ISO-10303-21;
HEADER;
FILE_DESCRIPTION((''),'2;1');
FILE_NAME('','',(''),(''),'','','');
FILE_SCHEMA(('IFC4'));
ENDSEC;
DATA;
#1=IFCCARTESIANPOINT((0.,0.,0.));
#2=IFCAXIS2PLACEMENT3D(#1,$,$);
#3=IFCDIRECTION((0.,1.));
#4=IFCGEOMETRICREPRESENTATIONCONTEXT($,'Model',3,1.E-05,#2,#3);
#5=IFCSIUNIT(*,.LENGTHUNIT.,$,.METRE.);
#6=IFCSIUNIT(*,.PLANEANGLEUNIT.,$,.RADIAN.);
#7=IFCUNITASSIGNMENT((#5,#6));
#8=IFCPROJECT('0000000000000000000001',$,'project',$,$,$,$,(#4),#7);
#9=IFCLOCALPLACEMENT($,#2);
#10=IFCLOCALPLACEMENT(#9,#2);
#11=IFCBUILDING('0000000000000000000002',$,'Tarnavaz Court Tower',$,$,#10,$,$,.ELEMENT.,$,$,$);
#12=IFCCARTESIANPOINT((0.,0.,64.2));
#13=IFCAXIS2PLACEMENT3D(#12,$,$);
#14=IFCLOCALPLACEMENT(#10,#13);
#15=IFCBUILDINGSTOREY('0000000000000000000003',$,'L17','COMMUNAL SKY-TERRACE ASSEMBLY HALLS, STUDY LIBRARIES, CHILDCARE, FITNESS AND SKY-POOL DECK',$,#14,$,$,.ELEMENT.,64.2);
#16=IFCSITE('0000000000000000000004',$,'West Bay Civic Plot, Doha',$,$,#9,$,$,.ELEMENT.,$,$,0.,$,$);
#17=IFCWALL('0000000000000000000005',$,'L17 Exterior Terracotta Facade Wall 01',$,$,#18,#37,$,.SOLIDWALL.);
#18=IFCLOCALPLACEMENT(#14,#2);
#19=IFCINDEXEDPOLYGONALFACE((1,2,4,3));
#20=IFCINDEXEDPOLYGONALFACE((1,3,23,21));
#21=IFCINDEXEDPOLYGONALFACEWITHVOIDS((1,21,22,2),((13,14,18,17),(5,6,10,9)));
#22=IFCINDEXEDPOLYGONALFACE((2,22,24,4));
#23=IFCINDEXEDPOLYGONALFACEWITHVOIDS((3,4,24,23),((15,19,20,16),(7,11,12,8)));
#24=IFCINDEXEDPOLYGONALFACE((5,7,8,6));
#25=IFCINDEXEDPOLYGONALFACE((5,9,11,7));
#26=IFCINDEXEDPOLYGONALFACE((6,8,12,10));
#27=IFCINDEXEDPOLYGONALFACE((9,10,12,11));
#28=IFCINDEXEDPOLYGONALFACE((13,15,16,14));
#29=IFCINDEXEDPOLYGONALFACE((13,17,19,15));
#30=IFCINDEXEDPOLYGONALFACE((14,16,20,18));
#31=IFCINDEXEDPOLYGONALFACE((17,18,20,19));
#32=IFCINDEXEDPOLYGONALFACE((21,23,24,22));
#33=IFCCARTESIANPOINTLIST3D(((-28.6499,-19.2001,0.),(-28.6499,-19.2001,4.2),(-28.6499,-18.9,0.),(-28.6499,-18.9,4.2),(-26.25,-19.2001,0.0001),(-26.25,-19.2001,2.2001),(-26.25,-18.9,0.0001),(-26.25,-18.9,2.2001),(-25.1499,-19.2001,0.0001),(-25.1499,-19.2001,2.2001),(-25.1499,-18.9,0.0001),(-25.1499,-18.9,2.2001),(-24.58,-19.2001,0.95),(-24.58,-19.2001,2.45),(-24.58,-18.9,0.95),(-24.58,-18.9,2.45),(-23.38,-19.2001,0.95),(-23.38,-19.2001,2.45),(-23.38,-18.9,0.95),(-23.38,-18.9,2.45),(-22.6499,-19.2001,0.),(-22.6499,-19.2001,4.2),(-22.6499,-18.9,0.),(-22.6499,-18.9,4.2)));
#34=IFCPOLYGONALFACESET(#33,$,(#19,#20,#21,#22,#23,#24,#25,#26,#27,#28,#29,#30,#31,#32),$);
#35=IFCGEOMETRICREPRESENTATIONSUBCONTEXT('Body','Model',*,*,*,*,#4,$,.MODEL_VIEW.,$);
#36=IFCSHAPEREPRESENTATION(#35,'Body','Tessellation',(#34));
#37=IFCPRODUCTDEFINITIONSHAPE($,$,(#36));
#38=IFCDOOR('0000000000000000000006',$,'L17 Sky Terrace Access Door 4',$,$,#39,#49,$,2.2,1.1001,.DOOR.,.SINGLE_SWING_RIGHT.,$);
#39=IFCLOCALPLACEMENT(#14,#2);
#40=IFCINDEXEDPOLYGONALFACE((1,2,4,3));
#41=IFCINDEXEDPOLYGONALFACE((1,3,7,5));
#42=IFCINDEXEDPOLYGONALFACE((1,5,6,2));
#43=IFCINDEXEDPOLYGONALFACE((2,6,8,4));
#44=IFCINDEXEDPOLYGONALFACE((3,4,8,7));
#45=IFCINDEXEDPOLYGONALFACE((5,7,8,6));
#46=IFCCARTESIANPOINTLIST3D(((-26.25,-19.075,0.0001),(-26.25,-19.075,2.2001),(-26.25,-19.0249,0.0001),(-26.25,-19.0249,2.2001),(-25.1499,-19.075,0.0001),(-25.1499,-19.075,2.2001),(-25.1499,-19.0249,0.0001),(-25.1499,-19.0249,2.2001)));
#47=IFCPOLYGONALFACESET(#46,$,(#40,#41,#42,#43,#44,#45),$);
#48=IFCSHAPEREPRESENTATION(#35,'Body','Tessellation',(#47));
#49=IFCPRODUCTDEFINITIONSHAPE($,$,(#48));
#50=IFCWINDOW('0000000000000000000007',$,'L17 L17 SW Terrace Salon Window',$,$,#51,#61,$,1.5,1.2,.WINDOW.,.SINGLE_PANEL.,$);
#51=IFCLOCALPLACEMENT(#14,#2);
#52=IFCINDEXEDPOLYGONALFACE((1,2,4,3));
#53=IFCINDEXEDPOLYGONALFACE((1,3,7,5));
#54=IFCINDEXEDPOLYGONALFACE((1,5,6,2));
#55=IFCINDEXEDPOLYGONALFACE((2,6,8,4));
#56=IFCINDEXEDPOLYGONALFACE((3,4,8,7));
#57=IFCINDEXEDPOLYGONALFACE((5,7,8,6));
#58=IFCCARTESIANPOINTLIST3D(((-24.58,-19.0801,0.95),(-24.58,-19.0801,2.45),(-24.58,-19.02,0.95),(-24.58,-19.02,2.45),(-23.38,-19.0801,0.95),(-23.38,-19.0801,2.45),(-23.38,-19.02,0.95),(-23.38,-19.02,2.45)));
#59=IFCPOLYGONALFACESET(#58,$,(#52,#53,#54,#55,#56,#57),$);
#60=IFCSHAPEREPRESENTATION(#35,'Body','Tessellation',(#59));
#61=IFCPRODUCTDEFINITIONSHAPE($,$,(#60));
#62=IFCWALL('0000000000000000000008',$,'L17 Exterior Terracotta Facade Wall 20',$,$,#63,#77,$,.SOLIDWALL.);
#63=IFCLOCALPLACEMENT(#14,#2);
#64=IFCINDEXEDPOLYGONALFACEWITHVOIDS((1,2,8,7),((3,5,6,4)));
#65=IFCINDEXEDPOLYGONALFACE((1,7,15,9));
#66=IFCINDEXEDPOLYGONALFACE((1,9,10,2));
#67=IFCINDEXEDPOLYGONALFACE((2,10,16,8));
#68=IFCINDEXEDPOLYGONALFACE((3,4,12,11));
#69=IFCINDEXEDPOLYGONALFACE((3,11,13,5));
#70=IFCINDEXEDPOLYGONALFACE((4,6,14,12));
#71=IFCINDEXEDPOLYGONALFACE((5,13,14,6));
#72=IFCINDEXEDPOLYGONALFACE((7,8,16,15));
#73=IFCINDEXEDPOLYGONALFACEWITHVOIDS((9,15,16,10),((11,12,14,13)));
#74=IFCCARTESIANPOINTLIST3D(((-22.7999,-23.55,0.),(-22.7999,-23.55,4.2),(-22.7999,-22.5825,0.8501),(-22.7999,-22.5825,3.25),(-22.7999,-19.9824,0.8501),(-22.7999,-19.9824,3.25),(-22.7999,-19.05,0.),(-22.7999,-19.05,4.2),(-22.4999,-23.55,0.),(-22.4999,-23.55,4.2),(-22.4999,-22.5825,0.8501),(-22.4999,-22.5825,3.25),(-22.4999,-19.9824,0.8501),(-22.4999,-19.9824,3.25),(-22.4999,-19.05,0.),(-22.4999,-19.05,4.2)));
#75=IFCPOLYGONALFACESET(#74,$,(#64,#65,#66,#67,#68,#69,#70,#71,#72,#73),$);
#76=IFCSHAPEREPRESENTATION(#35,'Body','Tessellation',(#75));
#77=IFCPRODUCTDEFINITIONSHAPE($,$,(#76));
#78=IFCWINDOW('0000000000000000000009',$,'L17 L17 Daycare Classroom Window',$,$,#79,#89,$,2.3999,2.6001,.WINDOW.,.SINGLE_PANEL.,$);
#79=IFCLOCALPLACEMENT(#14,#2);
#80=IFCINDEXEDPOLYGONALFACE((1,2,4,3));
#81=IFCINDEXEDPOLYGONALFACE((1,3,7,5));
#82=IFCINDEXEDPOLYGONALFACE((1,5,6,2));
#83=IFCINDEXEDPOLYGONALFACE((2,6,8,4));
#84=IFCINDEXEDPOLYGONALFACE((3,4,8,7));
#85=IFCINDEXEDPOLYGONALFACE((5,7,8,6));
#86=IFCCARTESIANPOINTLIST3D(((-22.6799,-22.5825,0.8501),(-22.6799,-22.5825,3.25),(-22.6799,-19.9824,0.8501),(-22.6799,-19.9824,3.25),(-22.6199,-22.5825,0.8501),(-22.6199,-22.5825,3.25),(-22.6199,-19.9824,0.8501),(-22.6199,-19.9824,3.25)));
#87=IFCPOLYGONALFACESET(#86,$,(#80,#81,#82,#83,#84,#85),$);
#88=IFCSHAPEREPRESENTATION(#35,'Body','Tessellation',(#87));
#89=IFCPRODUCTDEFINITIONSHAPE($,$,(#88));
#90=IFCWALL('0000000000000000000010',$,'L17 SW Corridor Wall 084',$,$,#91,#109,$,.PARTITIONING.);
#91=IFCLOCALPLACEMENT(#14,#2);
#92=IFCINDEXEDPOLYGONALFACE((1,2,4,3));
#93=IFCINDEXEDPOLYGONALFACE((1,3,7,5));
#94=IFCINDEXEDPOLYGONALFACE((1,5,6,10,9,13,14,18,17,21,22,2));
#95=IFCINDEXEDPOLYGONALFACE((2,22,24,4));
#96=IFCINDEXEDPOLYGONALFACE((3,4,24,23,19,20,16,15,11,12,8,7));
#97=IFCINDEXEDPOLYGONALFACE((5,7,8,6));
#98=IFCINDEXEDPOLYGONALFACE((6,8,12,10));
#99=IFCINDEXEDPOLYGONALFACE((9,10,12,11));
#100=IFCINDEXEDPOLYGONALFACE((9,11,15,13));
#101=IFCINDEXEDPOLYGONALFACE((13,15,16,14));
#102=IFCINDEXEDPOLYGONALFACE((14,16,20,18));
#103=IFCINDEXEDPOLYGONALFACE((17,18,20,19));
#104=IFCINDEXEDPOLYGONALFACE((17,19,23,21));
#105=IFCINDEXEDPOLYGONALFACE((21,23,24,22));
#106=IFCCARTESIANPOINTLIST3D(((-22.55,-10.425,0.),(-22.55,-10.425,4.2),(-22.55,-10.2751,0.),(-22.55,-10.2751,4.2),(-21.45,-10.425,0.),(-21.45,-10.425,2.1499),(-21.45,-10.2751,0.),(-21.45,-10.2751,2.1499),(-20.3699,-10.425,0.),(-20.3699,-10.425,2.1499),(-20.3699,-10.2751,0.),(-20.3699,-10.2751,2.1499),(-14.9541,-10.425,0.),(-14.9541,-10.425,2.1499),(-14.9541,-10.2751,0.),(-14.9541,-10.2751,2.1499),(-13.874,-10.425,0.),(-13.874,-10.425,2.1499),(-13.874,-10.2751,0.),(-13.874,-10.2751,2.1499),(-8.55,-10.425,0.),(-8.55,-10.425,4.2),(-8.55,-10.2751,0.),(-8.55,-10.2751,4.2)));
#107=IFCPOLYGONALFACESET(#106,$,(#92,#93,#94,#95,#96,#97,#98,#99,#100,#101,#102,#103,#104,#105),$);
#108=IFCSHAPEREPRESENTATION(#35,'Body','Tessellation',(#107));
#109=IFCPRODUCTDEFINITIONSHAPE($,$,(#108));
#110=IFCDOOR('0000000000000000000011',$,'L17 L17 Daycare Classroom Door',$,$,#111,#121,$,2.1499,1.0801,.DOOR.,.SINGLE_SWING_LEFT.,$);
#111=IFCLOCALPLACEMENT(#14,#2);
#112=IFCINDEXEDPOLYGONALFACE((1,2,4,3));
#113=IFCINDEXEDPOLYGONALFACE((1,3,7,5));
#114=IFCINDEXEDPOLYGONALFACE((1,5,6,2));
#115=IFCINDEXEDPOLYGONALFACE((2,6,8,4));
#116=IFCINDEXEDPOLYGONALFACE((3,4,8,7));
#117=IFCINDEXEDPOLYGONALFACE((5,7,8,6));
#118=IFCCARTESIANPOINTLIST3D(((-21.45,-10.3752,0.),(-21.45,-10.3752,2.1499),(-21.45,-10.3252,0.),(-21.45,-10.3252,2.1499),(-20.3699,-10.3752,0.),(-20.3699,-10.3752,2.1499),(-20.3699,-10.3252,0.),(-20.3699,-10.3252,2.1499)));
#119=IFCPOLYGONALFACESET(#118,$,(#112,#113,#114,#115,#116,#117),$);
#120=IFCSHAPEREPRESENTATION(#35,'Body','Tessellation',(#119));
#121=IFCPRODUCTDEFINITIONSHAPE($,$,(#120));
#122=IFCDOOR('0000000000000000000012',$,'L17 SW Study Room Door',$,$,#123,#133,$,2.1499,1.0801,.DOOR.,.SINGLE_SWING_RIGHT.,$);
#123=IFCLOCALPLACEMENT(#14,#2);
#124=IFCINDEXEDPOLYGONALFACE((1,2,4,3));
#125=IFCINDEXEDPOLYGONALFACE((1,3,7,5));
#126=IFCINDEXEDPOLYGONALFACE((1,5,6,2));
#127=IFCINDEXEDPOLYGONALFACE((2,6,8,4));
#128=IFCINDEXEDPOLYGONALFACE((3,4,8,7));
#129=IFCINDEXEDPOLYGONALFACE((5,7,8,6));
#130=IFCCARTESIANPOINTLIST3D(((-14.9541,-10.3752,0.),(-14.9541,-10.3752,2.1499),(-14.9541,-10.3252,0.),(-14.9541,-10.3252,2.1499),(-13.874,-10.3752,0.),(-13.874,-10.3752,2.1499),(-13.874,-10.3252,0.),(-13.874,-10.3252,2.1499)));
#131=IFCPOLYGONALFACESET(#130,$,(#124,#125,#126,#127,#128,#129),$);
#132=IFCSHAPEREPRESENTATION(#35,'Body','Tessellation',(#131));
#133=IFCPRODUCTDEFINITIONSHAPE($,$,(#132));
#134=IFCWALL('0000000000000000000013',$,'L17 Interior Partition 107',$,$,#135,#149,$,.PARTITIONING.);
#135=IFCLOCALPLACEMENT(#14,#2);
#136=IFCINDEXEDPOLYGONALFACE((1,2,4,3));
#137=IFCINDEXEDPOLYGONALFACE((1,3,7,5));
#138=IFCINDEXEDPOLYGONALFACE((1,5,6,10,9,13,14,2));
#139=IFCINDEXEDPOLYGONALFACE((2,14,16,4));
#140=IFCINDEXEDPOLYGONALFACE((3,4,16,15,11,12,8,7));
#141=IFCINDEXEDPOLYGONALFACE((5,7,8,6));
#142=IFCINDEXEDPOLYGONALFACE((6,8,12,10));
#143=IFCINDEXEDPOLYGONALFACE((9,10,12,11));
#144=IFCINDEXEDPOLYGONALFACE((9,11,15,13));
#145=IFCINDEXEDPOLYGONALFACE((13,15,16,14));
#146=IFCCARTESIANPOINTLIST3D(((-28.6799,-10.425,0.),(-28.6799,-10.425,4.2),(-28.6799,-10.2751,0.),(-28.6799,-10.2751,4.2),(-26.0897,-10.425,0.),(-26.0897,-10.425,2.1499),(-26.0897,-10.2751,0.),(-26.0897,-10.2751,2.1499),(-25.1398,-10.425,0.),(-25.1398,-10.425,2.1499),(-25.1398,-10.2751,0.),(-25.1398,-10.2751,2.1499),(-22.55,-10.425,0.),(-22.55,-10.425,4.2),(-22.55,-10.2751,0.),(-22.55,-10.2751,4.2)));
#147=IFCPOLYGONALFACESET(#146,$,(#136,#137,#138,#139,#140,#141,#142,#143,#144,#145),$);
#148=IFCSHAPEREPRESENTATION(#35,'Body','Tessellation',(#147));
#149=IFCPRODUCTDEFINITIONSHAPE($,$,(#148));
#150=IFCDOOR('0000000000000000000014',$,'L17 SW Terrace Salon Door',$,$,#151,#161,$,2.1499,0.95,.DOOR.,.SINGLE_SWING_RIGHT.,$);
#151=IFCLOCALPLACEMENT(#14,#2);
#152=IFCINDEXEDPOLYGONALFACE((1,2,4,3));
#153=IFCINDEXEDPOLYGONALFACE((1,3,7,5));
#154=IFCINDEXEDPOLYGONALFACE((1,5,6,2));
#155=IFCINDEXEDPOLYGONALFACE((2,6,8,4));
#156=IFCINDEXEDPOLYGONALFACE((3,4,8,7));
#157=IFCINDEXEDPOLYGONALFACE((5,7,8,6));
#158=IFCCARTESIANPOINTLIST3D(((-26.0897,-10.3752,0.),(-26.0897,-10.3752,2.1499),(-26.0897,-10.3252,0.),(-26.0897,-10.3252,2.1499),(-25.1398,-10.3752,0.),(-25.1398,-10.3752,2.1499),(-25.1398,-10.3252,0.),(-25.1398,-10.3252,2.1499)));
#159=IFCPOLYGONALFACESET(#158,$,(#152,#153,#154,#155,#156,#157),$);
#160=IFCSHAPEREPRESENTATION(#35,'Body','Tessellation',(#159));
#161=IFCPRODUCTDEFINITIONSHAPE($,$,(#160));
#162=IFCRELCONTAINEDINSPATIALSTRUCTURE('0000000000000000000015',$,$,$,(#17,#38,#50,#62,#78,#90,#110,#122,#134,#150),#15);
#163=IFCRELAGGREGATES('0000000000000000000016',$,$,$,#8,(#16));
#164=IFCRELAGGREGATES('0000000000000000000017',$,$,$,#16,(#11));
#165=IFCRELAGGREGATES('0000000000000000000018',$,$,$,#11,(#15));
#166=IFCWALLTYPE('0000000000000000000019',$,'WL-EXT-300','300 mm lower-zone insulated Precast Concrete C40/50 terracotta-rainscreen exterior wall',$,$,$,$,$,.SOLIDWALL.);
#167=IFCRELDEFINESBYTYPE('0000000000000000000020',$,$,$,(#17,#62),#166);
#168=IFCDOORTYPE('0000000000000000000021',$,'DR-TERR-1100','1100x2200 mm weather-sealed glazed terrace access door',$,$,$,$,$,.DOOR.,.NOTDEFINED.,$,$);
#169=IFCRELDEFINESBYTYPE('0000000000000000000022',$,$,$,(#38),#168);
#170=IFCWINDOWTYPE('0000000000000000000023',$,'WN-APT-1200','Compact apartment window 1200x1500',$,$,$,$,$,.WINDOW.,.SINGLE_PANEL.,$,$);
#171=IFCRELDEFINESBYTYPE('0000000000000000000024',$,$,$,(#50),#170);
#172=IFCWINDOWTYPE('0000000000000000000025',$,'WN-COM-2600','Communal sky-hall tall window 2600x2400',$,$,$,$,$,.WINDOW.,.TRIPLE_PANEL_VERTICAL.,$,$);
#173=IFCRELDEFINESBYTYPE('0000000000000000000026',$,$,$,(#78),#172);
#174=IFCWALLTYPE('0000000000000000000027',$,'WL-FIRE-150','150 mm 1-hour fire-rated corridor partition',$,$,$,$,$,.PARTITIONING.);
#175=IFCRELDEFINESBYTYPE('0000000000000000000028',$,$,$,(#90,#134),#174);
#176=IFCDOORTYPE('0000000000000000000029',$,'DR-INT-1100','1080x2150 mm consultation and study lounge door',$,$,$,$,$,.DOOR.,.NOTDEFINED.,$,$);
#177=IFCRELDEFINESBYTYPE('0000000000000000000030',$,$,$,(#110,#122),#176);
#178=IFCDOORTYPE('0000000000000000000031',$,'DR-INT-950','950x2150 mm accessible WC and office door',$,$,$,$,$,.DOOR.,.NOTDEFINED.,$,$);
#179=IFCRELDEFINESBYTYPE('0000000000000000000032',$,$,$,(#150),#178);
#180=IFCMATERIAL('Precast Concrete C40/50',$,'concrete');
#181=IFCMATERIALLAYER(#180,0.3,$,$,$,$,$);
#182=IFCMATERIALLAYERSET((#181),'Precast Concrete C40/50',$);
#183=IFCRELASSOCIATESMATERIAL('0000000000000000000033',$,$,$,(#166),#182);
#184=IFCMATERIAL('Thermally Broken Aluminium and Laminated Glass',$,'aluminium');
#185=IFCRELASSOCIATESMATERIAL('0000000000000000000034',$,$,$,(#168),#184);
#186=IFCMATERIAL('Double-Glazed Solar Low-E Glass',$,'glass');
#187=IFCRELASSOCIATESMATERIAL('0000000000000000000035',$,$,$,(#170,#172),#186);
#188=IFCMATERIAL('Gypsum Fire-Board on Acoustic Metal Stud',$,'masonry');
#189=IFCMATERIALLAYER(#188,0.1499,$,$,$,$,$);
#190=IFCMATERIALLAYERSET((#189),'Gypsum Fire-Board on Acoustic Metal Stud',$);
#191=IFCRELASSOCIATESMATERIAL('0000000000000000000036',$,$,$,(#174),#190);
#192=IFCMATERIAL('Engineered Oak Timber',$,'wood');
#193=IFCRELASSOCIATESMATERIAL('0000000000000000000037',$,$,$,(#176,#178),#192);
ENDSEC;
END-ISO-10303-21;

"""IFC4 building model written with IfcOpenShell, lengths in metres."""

from ifc_helpers import new_model, si_unit, direction, frame, frame_2d, origin, place, context, subcontext, project, spatial, rectangle, extrude, material, layer, layer_set, type_object, element, fill, save


model = new_model("IFC4")

# Units and contexts
model_context = context("Model", 3, precision=1e-05, world=origin(), true_north=direction((0.0, 1.0)))
body_context = subcontext(model_context, "Body", "Model", "MODEL_VIEW")
ifc_project = project(units=[si_unit("LENGTHUNIT", "METRE"), si_unit("PLANEANGLEUNIT", "RADIAN")], contexts=[model_context])

# Site, building, storey
site_placement = place(None, origin())
site = spatial("IfcSite", under=ifc_project, at=site_placement, Name="West Bay Civic Plot, Doha", CompositionType="ELEMENT", RefElevation=0.0)
building_placement = place(site_placement, origin())
building = spatial("IfcBuilding", under=site, at=building_placement, Name="Tarnavaz Court Tower", CompositionType="ELEMENT")
storey_placement = place(building_placement, frame((0.0, 0.0, 64.2)))
storey = spatial("IfcBuildingStorey", under=building, at=storey_placement, Name="L17", Description="COMMUNAL SKY-TERRACE ASSEMBLY HALLS, STUDY LIBRARIES, CHILDCARE, FITNESS AND SKY-POOL DECK", CompositionType="ELEMENT", Elevation=64.2)

# Shared definitions
ifc_material_1 = material(Name="Double-Glazed Solar Low-E Glass", Category="glass")

# Wall, openings, door, window
ifc_material_2 = material(Name="Precast Concrete C40/50", Category="concrete")
ifc_layer_1 = layer(ifc_material_2, 0.3)
ifc_layer_set_1 = layer_set([ifc_layer_1], Name="Precast Concrete C40/50")
wall_type_1 = type_object("IfcWallType", Name="WL-EXT-300", Description="300 mm lower-zone insulated Precast Concrete C40/50 terracotta-rainscreen exterior wall", PredefinedType="SOLIDWALL", material=ifc_layer_set_1)
wall_1_placement = place(storey_placement, frame((-22.6499, -19.05, 0.0), z_axis=(0.0, 0.0, 1.0), x_axis=(-1.0, 0.0, 0.0)))
wall_1 = element("IfcWall", 1, at=wall_1_placement, inside=storey, type_object=wall_type_1, Name="L17 Exterior Terracotta Facade Wall 01", PredefinedType="SOLIDWALL", context=body_context, shape_type="SweptSolid", body=[
    extrude(rectangle(XDim=6.0, YDim=0.3, at=frame_2d((3.0, 0.0))), origin(), (0.0, 0.0, 1.0), 4.2),
])
opening_1_placement = place(wall_1_placement, frame((2.5, 0.0, 0.0)))
opening_1 = element("IfcOpeningElement", 2, at=opening_1_placement, cuts=wall_1, PredefinedType="OPENING", context=body_context, shape_type="SweptSolid", body=[
    extrude(rectangle(XDim=1.1001, YDim=2.2, at=frame_2d((0.55, 1.1001))), frame((0.0, 0.1599, 0.0), z_axis=(0.0, -1.0, 0.0), x_axis=(1.0, 0.0, 0.0)), (0.0, 0.0, 1.0), 0.3201),
])
opening_2_placement = place(wall_1_placement, frame((0.73, 0.0, 0.95)))
opening_2 = element("IfcOpeningElement", 3, at=opening_2_placement, cuts=wall_1, PredefinedType="OPENING", context=body_context, shape_type="SweptSolid", body=[
    extrude(rectangle(XDim=1.2, YDim=1.5, at=frame_2d((0.6001, 0.75))), frame((0.0, 0.1599, 0.0), z_axis=(0.0, -1.0, 0.0), x_axis=(1.0, 0.0, 0.0)), (0.0, 0.0, 1.0), 0.3201),
])
ifc_material_3 = material(Name="Thermally Broken Aluminium and Laminated Glass", Category="aluminium")
door_type_1 = type_object("IfcDoorType", Name="DR-TERR-1100", Description="1100x2200 mm weather-sealed glazed terrace access door", OperationType="NOTDEFINED", PredefinedType="DOOR", material=ifc_material_3)
door_1_placement = place(opening_1_placement, origin())
door_1 = element("IfcDoor", 4, at=door_1_placement, inside=storey, type_object=door_type_1, Name="L17 Sky Terrace Access Door 4", OperationType="SINGLE_SWING_RIGHT", OverallHeight=2.2, OverallWidth=1.1001, PredefinedType="DOOR", context=body_context, shape_type="SweptSolid", body=[
    extrude(rectangle(XDim=1.1001, YDim=2.2, at=frame_2d((0.55, 1.1001))), frame((0.0, 0.0249, 0.0), z_axis=(0.0, -1.0, 0.0), x_axis=(1.0, 0.0, 0.0)), (0.0, 0.0, 1.0), 0.05),
])
fill(opening_1, door_1)
window_type_1 = type_object("IfcWindowType", Name="WN-APT-1200", Description="Compact apartment window 1200x1500", PartitioningType="SINGLE_PANEL", PredefinedType="WINDOW", material=ifc_material_1)
window_1_placement = place(opening_2_placement, origin())
window_1 = element("IfcWindow", 5, at=window_1_placement, inside=storey, type_object=window_type_1, Name="L17 L17 SW Terrace Salon Window", OverallHeight=1.5, OverallWidth=1.2, PartitioningType="SINGLE_PANEL", PredefinedType="WINDOW", context=body_context, shape_type="SweptSolid", body=[
    extrude(rectangle(XDim=1.2, YDim=1.5, at=frame_2d((0.6001, 0.75))), frame((0.0, 0.03, 0.0), z_axis=(0.0, -1.0, 0.0), x_axis=(1.0, 0.0, 0.0)), (0.0, 0.0, 1.0), 0.0601),
])
fill(opening_2, window_1)

# Wall, opening, window
wall_2_placement = place(storey_placement, frame((-22.6499, -23.55, 0.0), z_axis=(0.0, 0.0, 1.0), x_axis=(0.0, 1.0, 0.0)))
wall_2 = element("IfcWall", 6, at=wall_2_placement, inside=storey, type_object=wall_type_1, Name="L17 Exterior Terracotta Facade Wall 20", PredefinedType="SOLIDWALL", context=body_context, shape_type="SweptSolid", body=[
    extrude(rectangle(XDim=4.5, YDim=0.3, at=frame_2d((2.25, 0.0))), origin(), (0.0, 0.0, 1.0), 4.2),
])
opening_3_placement = place(wall_2_placement, frame((0.9675, 0.0, 0.8501)))
opening_3 = element("IfcOpeningElement", 7, at=opening_3_placement, cuts=wall_2, PredefinedType="OPENING", context=body_context, shape_type="SweptSolid", body=[
    extrude(rectangle(XDim=2.6001, YDim=2.3999, at=frame_2d((1.3, 1.2))), frame((0.0, 0.1599, 0.0), z_axis=(0.0, -1.0, 0.0), x_axis=(1.0, 0.0, 0.0)), (0.0, 0.0, 1.0), 0.3201),
])
window_type_2 = type_object("IfcWindowType", Name="WN-COM-2600", Description="Communal sky-hall tall window 2600x2400", PartitioningType="TRIPLE_PANEL_VERTICAL", PredefinedType="WINDOW", material=ifc_material_1)
window_2_placement = place(opening_3_placement, origin())
window_2 = element("IfcWindow", 8, at=window_2_placement, inside=storey, type_object=window_type_2, Name="L17 L17 Daycare Classroom Window", OverallHeight=2.3999, OverallWidth=2.6001, PartitioningType="SINGLE_PANEL", PredefinedType="WINDOW", context=body_context, shape_type="SweptSolid", body=[
    extrude(rectangle(XDim=2.6001, YDim=2.3999, at=frame_2d((1.3, 1.2))), frame((0.0, 0.03, 0.0), z_axis=(0.0, -1.0, 0.0), x_axis=(1.0, 0.0, 0.0)), (0.0, 0.0, 1.0), 0.0601),
])
fill(opening_3, window_2)

# Wall, openings, doors
ifc_material_4 = material(Name="Gypsum Fire-Board on Acoustic Metal Stud", Category="masonry")
ifc_layer_2 = layer(ifc_material_4, 0.1499)
ifc_layer_set_2 = layer_set([ifc_layer_2], Name="Gypsum Fire-Board on Acoustic Metal Stud")
wall_type_2 = type_object("IfcWallType", Name="WL-FIRE-150", Description="150 mm 1-hour fire-rated corridor partition", PredefinedType="PARTITIONING", material=ifc_layer_set_2)
wall_3_placement = place(storey_placement, frame((-22.55, -10.3501, 0.0), z_axis=(0.0, 0.0, 1.0), x_axis=(1.0, 0.0, 0.0)))
wall_3 = element("IfcWall", 9, at=wall_3_placement, inside=storey, type_object=wall_type_2, Name="L17 SW Corridor Wall 084", PredefinedType="PARTITIONING", context=body_context, shape_type="SweptSolid", body=[
    extrude(rectangle(XDim=14.0, YDim=0.1499, at=frame_2d((7.0, 0.0))), origin(), (0.0, 0.0, 1.0), 4.2),
])
opening_4_placement = place(wall_3_placement, frame((1.1001, 0.0, 0.0)))
opening_4 = element("IfcOpeningElement", 10, at=opening_4_placement, cuts=wall_3, PredefinedType="OPENING", context=body_context, shape_type="SweptSolid", body=[
    extrude(rectangle(XDim=1.0801, YDim=2.1499, at=frame_2d((0.54, 1.075))), frame((0.0, 0.085, 0.0), z_axis=(0.0, -1.0, 0.0), x_axis=(1.0, 0.0, 0.0)), (0.0, 0.0, 1.0), 0.1699),
])
opening_5_placement = place(wall_3_placement, frame((7.5959, 0.0, 0.0)))
opening_5 = element("IfcOpeningElement", 11, at=opening_5_placement, cuts=wall_3, PredefinedType="OPENING", context=body_context, shape_type="SweptSolid", body=[
    extrude(rectangle(XDim=1.0801, YDim=2.1499, at=frame_2d((0.54, 1.075))), frame((0.0, 0.085, 0.0), z_axis=(0.0, -1.0, 0.0), x_axis=(1.0, 0.0, 0.0)), (0.0, 0.0, 1.0), 0.1699),
])
ifc_material_5 = material(Name="Engineered Oak Timber", Category="wood")
door_type_2 = type_object("IfcDoorType", Name="DR-INT-1100", Description="1080x2150 mm consultation and study lounge door", OperationType="NOTDEFINED", PredefinedType="DOOR", material=ifc_material_5)
door_2_placement = place(opening_4_placement, origin())
door_2 = element("IfcDoor", 12, at=door_2_placement, inside=storey, type_object=door_type_2, Name="L17 L17 Daycare Classroom Door", OperationType="SINGLE_SWING_LEFT", OverallHeight=2.1499, OverallWidth=1.0801, PredefinedType="DOOR", context=body_context, shape_type="SweptSolid", body=[
    extrude(rectangle(XDim=1.0801, YDim=2.1499, at=frame_2d((0.54, 1.075))), frame((0.0, 0.0249, 0.0), z_axis=(0.0, -1.0, 0.0), x_axis=(1.0, 0.0, 0.0)), (0.0, 0.0, 1.0), 0.05),
])
fill(opening_4, door_2)
door_3_placement = place(opening_5_placement, origin())
door_3 = element("IfcDoor", 13, at=door_3_placement, inside=storey, type_object=door_type_2, Name="L17 SW Study Room Door", OperationType="SINGLE_SWING_RIGHT", OverallHeight=2.1499, OverallWidth=1.0801, PredefinedType="DOOR", context=body_context, shape_type="SweptSolid", body=[
    extrude(rectangle(XDim=1.0801, YDim=2.1499, at=frame_2d((0.54, 1.075))), frame((0.0, 0.0249, 0.0), z_axis=(0.0, -1.0, 0.0), x_axis=(1.0, 0.0, 0.0)), (0.0, 0.0, 1.0), 0.05),
])
fill(opening_5, door_3)

# Wall, opening, door
wall_4_placement = place(storey_placement, frame((-28.6799, -10.3501, 0.0), z_axis=(0.0, 0.0, 1.0), x_axis=(1.0, 0.0, 0.0)))
wall_4 = element("IfcWall", 14, at=wall_4_placement, inside=storey, type_object=wall_type_2, Name="L17 Interior Partition 107", PredefinedType="PARTITIONING", context=body_context, shape_type="SweptSolid", body=[
    extrude(rectangle(XDim=6.1299, YDim=0.1499, at=frame_2d((3.0649, 0.0))), origin(), (0.0, 0.0, 1.0), 4.2),
])
opening_6_placement = place(wall_4_placement, frame((2.5901, 0.0, 0.0)))
opening_6 = element("IfcOpeningElement", 15, at=opening_6_placement, cuts=wall_4, PredefinedType="OPENING", context=body_context, shape_type="SweptSolid", body=[
    extrude(rectangle(XDim=0.95, YDim=2.1499, at=frame_2d((0.4751, 1.075))), frame((0.0, 0.085, 0.0), z_axis=(0.0, -1.0, 0.0), x_axis=(1.0, 0.0, 0.0)), (0.0, 0.0, 1.0), 0.1699),
])
door_type_3 = type_object("IfcDoorType", Name="DR-INT-950", Description="950x2150 mm accessible WC and office door", OperationType="NOTDEFINED", PredefinedType="DOOR", material=ifc_material_5)
door_4_placement = place(opening_6_placement, origin())
door_4 = element("IfcDoor", 16, at=door_4_placement, inside=storey, type_object=door_type_3, Name="L17 SW Terrace Salon Door", OperationType="SINGLE_SWING_RIGHT", OverallHeight=2.1499, OverallWidth=0.95, PredefinedType="DOOR", context=body_context, shape_type="SweptSolid", body=[
    extrude(rectangle(XDim=0.95, YDim=2.1499, at=frame_2d((0.4751, 1.075))), frame((0.0, 0.0249, 0.0), z_axis=(0.0, -1.0, 0.0), x_axis=(1.0, 0.0, 0.0)), (0.0, 0.0, 1.0), 0.05),
])
fill(opening_6, door_4)

save(model, "model.ifc")
